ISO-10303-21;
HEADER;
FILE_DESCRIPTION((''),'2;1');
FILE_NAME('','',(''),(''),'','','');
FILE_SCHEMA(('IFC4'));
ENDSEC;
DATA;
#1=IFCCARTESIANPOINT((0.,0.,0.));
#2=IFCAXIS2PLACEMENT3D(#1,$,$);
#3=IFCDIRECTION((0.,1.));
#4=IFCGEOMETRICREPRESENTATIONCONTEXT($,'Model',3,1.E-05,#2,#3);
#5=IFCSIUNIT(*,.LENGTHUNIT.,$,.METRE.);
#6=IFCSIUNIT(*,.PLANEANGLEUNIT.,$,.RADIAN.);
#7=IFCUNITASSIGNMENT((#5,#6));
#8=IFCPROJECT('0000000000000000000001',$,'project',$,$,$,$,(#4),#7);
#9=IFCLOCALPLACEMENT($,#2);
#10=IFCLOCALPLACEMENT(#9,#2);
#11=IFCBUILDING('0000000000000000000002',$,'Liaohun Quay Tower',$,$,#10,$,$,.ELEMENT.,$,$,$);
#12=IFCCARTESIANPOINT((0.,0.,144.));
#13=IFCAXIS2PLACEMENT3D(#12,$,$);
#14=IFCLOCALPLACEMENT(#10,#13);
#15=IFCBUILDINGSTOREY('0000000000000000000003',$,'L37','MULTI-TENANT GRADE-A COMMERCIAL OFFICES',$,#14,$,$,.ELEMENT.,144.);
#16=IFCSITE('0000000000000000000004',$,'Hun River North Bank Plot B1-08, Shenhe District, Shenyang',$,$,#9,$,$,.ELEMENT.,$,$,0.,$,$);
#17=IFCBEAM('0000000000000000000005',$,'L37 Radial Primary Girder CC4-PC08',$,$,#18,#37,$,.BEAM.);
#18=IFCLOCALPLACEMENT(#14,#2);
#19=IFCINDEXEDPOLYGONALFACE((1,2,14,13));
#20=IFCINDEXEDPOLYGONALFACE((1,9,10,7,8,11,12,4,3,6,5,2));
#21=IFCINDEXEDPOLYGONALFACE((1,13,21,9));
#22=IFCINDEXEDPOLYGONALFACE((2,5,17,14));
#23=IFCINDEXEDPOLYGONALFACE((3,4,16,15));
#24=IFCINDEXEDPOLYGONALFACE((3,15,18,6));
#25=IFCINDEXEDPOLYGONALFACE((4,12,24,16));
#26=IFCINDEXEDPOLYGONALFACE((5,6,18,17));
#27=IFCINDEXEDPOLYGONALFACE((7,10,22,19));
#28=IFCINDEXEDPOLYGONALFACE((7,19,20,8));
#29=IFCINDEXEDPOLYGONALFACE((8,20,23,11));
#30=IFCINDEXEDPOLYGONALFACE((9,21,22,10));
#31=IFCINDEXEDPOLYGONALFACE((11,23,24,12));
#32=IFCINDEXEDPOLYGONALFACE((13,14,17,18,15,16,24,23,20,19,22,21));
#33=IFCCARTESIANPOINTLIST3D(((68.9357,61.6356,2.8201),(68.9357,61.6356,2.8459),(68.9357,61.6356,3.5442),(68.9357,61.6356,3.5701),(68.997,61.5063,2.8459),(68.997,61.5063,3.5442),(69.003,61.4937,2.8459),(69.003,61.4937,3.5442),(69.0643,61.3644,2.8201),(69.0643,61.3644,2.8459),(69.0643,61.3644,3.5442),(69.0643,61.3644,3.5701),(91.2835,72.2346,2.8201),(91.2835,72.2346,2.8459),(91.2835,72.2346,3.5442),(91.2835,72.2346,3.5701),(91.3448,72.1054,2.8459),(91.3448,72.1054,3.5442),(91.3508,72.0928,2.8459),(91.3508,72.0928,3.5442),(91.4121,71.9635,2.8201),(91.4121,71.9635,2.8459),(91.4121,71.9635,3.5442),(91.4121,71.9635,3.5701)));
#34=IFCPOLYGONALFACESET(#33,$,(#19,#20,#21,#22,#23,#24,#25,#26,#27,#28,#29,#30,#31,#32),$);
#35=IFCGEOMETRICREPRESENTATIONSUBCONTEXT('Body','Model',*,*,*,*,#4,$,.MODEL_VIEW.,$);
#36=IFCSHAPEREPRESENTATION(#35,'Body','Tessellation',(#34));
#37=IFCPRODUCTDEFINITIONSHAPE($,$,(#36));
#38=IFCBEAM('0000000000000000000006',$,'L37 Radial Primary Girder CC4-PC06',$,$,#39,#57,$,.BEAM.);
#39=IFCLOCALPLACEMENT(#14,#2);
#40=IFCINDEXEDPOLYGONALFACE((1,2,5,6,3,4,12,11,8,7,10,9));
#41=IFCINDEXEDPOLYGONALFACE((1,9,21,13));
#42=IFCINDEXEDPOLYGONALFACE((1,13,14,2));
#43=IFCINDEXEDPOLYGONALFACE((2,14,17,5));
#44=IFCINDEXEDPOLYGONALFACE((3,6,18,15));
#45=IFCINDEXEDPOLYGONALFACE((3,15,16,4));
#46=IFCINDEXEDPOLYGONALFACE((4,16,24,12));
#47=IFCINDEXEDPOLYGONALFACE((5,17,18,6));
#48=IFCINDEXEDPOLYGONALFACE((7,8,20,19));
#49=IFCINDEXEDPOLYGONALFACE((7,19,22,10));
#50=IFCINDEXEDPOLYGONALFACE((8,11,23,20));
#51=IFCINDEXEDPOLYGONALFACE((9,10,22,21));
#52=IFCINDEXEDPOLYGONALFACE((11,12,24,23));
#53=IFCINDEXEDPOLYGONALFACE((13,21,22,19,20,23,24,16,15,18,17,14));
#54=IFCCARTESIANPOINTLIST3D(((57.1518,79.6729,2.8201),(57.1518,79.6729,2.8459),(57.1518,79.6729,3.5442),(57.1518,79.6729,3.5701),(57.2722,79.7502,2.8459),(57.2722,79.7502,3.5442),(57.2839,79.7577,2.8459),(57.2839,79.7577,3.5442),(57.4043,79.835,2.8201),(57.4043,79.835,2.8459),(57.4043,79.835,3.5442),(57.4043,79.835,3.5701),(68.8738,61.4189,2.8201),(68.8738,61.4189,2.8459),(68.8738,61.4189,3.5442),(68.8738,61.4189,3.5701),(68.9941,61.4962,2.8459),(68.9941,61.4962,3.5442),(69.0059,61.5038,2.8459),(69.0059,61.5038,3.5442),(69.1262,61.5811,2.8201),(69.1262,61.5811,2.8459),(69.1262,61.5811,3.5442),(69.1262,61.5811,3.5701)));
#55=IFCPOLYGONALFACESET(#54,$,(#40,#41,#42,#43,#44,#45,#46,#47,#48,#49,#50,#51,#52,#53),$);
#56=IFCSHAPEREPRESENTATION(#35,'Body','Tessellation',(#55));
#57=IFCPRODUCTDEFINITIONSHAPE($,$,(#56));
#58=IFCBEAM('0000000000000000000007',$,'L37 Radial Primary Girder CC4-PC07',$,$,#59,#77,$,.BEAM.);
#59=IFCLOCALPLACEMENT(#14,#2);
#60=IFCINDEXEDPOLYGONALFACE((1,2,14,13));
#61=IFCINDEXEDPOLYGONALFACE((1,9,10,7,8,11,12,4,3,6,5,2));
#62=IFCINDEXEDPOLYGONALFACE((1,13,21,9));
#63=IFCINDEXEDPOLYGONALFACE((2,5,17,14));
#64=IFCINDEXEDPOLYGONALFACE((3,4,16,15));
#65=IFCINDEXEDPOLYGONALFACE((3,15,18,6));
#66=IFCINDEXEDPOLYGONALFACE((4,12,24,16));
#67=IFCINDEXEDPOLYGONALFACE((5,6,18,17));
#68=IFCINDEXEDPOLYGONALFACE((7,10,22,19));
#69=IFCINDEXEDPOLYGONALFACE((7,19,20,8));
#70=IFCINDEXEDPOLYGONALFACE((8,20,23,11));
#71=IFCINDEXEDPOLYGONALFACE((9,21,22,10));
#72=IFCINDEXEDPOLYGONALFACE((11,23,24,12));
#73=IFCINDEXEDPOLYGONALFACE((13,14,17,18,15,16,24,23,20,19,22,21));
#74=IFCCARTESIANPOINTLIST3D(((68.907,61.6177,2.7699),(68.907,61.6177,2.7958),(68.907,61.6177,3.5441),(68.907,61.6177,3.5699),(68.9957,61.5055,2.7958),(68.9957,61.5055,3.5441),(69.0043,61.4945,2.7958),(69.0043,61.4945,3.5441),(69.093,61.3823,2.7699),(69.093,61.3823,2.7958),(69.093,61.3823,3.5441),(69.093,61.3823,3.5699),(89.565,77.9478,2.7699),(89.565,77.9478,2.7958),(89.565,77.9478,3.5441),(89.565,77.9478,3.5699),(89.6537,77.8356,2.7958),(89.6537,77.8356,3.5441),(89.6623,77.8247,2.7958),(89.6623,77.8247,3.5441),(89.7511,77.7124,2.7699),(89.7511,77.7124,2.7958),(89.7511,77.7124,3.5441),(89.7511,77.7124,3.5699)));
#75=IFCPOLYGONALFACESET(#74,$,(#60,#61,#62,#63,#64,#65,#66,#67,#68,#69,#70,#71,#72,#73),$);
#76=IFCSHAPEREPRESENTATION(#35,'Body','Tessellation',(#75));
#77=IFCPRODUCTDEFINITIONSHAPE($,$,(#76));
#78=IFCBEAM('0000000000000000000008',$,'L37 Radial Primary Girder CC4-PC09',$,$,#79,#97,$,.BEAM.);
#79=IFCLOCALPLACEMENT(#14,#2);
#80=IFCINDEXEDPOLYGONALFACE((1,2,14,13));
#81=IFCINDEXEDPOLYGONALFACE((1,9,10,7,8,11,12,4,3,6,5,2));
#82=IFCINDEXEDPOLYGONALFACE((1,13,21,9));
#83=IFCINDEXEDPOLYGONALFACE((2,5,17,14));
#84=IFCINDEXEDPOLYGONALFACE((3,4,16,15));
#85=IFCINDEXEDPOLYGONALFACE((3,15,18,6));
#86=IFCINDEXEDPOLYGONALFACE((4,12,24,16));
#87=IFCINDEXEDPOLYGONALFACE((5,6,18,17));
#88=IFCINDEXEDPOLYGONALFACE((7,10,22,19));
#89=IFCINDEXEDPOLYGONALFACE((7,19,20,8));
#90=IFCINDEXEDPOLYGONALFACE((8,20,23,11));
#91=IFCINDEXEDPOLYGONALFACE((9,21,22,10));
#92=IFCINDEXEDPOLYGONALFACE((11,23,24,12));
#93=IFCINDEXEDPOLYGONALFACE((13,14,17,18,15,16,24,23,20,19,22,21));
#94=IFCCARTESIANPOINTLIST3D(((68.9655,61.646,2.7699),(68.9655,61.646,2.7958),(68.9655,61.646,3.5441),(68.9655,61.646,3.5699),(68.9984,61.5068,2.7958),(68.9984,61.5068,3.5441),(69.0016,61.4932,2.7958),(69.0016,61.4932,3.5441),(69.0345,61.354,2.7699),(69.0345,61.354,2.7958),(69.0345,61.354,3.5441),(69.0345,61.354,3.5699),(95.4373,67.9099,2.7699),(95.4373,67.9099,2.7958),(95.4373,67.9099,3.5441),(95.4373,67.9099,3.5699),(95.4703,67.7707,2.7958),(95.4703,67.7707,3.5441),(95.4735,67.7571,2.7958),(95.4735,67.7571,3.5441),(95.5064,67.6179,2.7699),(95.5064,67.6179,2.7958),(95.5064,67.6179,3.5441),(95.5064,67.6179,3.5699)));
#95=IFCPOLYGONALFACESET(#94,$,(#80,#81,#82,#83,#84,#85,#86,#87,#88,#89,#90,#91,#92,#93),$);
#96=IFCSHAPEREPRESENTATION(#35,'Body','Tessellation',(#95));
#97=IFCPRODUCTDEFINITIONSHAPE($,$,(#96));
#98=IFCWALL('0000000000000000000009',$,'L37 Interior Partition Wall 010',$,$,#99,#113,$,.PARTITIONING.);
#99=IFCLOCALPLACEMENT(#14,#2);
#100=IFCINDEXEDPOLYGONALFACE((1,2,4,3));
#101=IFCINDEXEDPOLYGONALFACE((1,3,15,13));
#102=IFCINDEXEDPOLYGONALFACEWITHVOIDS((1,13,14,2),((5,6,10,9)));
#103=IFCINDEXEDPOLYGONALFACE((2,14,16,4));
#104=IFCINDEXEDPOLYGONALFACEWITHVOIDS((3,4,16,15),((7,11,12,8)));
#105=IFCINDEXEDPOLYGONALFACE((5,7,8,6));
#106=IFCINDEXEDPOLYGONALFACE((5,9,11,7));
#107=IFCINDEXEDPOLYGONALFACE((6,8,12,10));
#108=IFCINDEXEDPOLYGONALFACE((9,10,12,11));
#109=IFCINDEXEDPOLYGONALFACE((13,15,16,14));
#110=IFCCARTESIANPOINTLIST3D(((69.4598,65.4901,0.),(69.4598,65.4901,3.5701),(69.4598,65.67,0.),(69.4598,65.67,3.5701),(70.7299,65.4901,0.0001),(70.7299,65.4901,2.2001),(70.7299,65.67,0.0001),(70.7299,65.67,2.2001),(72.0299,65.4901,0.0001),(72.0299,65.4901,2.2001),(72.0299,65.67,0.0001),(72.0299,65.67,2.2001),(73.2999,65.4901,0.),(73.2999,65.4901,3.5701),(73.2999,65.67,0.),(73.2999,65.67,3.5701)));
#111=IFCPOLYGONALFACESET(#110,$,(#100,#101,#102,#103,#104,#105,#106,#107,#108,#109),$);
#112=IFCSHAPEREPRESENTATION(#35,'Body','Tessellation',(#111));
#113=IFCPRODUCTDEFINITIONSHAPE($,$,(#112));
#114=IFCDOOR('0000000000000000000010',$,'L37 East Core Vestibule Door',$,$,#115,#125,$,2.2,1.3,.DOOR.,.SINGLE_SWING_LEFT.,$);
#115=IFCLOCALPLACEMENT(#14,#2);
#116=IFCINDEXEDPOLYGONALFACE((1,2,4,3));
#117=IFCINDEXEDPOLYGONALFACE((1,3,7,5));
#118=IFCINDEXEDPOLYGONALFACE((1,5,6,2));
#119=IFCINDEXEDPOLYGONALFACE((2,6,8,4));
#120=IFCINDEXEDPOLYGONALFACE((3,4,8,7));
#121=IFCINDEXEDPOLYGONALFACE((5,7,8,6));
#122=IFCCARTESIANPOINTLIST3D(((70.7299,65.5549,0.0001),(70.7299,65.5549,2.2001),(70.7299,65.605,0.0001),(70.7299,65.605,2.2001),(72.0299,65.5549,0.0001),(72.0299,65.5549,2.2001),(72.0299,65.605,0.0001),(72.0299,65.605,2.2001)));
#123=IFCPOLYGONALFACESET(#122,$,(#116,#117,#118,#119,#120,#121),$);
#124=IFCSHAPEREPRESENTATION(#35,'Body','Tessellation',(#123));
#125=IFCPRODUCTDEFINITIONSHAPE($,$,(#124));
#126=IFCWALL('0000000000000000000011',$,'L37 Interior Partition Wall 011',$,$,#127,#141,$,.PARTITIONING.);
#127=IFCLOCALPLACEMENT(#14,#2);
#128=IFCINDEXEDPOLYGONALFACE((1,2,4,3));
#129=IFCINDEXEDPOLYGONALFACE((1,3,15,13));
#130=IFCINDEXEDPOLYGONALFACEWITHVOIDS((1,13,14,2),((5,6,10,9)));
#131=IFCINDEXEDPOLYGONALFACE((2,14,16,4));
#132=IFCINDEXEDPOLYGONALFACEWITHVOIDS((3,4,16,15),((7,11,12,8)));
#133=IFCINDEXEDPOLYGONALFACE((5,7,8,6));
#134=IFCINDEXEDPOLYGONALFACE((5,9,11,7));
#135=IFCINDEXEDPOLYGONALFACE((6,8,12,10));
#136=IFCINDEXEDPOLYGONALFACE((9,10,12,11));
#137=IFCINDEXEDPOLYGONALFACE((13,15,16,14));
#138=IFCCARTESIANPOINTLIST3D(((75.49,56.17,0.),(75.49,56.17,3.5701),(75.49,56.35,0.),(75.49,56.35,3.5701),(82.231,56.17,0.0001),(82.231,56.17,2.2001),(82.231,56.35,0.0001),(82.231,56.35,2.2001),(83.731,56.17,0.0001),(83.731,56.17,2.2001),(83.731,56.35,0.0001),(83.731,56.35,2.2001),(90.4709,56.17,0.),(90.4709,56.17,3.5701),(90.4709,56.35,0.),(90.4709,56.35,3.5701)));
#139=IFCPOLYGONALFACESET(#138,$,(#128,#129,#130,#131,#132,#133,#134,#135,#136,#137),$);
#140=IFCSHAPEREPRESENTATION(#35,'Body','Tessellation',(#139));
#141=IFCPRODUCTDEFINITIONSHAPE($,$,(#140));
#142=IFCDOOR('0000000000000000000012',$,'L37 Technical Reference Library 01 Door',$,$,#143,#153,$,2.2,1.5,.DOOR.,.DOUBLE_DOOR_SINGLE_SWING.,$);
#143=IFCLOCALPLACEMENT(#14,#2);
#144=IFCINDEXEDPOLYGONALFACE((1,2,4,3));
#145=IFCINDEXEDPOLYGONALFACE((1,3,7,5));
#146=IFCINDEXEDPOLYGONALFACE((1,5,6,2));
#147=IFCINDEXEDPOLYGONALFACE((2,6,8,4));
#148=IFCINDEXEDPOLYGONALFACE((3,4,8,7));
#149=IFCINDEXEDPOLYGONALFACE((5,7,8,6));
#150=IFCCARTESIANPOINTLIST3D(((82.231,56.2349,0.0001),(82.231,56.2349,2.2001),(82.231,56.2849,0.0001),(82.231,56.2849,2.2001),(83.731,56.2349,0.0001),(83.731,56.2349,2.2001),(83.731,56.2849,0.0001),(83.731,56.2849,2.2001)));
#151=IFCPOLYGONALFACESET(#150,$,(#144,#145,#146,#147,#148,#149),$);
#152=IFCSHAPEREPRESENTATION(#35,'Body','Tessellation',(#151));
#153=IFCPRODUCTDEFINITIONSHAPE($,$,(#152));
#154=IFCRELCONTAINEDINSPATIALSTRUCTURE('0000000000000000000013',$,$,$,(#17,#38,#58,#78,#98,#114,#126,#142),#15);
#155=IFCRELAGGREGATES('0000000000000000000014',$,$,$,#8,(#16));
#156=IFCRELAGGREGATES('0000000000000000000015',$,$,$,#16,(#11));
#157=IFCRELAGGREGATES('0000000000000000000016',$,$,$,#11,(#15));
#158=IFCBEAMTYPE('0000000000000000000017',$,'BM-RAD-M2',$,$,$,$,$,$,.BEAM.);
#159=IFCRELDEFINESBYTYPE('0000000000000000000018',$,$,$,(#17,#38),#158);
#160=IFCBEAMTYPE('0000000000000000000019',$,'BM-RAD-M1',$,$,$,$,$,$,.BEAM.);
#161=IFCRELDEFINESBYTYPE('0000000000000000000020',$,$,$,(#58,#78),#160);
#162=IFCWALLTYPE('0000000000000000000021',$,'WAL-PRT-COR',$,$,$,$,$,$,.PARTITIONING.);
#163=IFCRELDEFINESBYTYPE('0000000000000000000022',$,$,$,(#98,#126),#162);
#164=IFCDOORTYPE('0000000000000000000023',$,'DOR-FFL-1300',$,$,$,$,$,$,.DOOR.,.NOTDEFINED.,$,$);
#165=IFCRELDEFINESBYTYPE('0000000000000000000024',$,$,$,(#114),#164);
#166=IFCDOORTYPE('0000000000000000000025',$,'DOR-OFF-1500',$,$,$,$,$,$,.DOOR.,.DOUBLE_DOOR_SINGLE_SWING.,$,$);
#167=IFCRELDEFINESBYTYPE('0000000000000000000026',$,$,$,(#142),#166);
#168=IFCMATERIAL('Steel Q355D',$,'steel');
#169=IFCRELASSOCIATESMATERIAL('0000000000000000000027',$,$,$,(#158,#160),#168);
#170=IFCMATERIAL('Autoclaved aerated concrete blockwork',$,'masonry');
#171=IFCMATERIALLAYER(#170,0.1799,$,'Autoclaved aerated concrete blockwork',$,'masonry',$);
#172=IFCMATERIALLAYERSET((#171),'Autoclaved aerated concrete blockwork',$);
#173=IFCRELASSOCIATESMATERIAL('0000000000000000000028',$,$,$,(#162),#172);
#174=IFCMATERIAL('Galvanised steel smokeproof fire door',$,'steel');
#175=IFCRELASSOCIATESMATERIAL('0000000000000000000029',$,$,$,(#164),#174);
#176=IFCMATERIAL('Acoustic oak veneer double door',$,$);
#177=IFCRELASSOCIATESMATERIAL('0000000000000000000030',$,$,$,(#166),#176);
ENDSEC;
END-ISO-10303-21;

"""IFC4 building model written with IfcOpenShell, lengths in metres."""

from ifc_helpers import new_model, si_unit, direction, frame, frame_2d, origin, origin_2d, place, context, subcontext, project, spatial, rectangle, i_section, extrude, source, transform, mapped, material, layer, layer_set, material_profile, profile_set, type_object, element, fill, save


model = new_model("IFC4")

# Units and contexts
model_context = context("Model", 3, precision=1e-05, world=origin(), true_north=direction((0.0, 1.0)))
body_context = subcontext(model_context, "Body", "Model", "MODEL_VIEW")
ifc_project = project(units=[si_unit("LENGTHUNIT", "METRE"), si_unit("PLANEANGLEUNIT", "RADIAN")], contexts=[model_context])

# Site, building, storey
site_placement = place(None, origin())
site = spatial("IfcSite", under=ifc_project, at=site_placement, Name="Hun River North Bank Plot B1-08, Shenhe District, Shenyang", CompositionType="ELEMENT", RefElevation=0.0)
building_placement = place(site_placement, origin())
building = spatial("IfcBuilding", under=site, at=building_placement, Name="Liaohun Quay Tower", CompositionType="ELEMENT")
storey_placement = place(building_placement, frame((0.0, 0.0, 144.0)))
storey = spatial("IfcBuildingStorey", under=building, at=storey_placement, Name="L37", Description="MULTI-TENANT GRADE-A COMMERCIAL OFFICES", CompositionType="ELEMENT", Elevation=144.0)

# Beams
ifc_material_1 = material(Name="Steel Q355D", Category="steel")
ifc_material_profile_1 = material_profile(ifc_material_1, i_section(OverallWidth=0.3, OverallDepth=0.75, WebThickness=0.0139, FlangeThickness=0.0259, at=origin_2d()), Name="HN750x300x14x26")
ifc_profile_set_1 = profile_set([ifc_material_profile_1], Name="Steel Q355D")
beam_type_1 = type_object("IfcBeamType", Name="BM-RAD-M2", PredefinedType="BEAM", material=ifc_profile_set_1)
shared_shape_1 = source(origin(), body_context, "Body", "SweptSolid", [
    extrude(i_section(OverallWidth=0.3, OverallDepth=0.75, WebThickness=0.0139, FlangeThickness=0.0259, at=origin_2d()), origin(), (0.0, 0.0, 1.0), 24.7339),
])
beam_1_placement = place(storey_placement, frame((69.0, 61.5, 3.1951), z_axis=(0.90353, 0.428525, 0.0), x_axis=(-0.428525, 0.90353, 0.0)))
element("IfcBeam", 1, at=beam_1_placement, inside=storey, type_object=beam_type_1, Name="L37 Radial Primary Girder CC4-PC08", PredefinedType="BEAM", context=body_context, shape_type="MappedRepresentation", body=[
    mapped(shared_shape_1, transform((0.0, 0.0, 0.0), x_axis=(1.0, 0.0, 0.0), y_axis=(0.0, 1.0, 0.0), z_axis=(0.0, 0.0, 1.0), scale=1.0)),
])
shared_shape_2 = source(origin(), body_context, "Body", "SweptSolid", [
    extrude(i_section(OverallWidth=0.3, OverallDepth=0.75, WebThickness=0.0139, FlangeThickness=0.0259, at=origin_2d()), origin(), (0.0, 0.0, 1.0), 21.6936),
])
beam_2_placement = place(storey_placement, frame((69.0, 61.5, 3.1951), z_axis=(-0.540342, 0.841445, 0.0), x_axis=(-0.841445, -0.540342, 0.0)))
element("IfcBeam", 2, at=beam_2_placement, inside=storey, type_object=beam_type_1, Name="L37 Radial Primary Girder CC4-PC06", PredefinedType="BEAM", context=body_context, shape_type="MappedRepresentation", body=[
    mapped(shared_shape_2, transform((0.0, 0.0, 0.0), x_axis=(1.0, 0.0, 0.0), y_axis=(0.0, 1.0, 0.0), z_axis=(0.0, 0.0, 1.0), scale=1.0)),
])
ifc_material_profile_2 = material_profile(ifc_material_1, i_section(OverallWidth=0.3, OverallDepth=0.8, WebThickness=0.0139, FlangeThickness=0.0259, at=origin_2d()), Name="HN800x300x14x26")
ifc_profile_set_2 = profile_set([ifc_material_profile_2], Name="Steel Q355D")
beam_type_2 = type_object("IfcBeamType", Name="BM-RAD-M1", PredefinedType="BEAM", material=ifc_profile_set_2)
shared_shape_3 = source(origin(), body_context, "Body", "SweptSolid", [
    extrude(i_section(OverallWidth=0.3, OverallDepth=0.8, WebThickness=0.0139, FlangeThickness=0.0259, at=origin_2d()), origin(), (0.0, 0.0, 1.0), 26.333),
])
beam_3_placement = place(storey_placement, frame((69.0, 61.5, 3.1699), z_axis=(0.784492, 0.620139, 0.0), x_axis=(-0.620139, 0.784492, 0.0)))
element("IfcBeam", 3, at=beam_3_placement, inside=storey, type_object=beam_type_2, Name="L37 Radial Primary Girder CC4-PC07", PredefinedType="BEAM", context=body_context, shape_type="MappedRepresentation", body=[
    mapped(shared_shape_3, transform((0.0, 0.0, 0.0), x_axis=(1.0, 0.0, 0.0), y_axis=(0.0, 1.0, 0.0), z_axis=(0.0, 0.0, 1.0), scale=1.0)),
])
shared_shape_4 = source(origin(), body_context, "Body", "SweptSolid", [
    extrude(i_section(OverallWidth=0.3, OverallDepth=0.8, WebThickness=0.0139, FlangeThickness=0.0259, at=origin_2d()), origin(), (0.0, 0.0, 1.0), 27.2029),
])
beam_4_placement = place(storey_placement, frame((69.0, 61.5, 3.1699), z_axis=(0.973128, 0.230266, 0.0), x_axis=(-0.230266, 0.973128, 0.0)))
element("IfcBeam", 4, at=beam_4_placement, inside=storey, type_object=beam_type_2, Name="L37 Radial Primary Girder CC4-PC09", PredefinedType="BEAM", context=body_context, shape_type="MappedRepresentation", body=[
    mapped(shared_shape_4, transform((0.0, 0.0, 0.0), x_axis=(1.0, 0.0, 0.0), y_axis=(0.0, 1.0, 0.0), z_axis=(0.0, 0.0, 1.0), scale=1.0)),
])

# Walls, openings, doors
ifc_material_2 = material(Name="Autoclaved aerated concrete blockwork", Category="masonry")
ifc_layer_1 = layer(ifc_material_2, 0.1799, Name="Autoclaved aerated concrete blockwork", Category="masonry")
ifc_layer_set_1 = layer_set([ifc_layer_1], Name="Autoclaved aerated concrete blockwork")
wall_type_1 = type_object("IfcWallType", Name="WAL-PRT-COR", PredefinedType="PARTITIONING", material=ifc_layer_set_1)
wall_1_placement = place(storey_placement, frame((69.46, 65.5801, 0.0), z_axis=(0.0, 0.0, 1.0), x_axis=(1.0, 0.0, 0.0)))
wall_1 = element("IfcWall", 5, at=wall_1_placement, inside=storey, type_object=wall_type_1, Name="L37 Interior Partition Wall 010", PredefinedType="PARTITIONING", context=body_context, shape_type="SweptSolid", body=[
    extrude(rectangle(XDim=3.8401, YDim=0.1799, at=frame_2d((1.9199, 0.0))), origin(), (0.0, 0.0, 1.0), 3.5701),
])
shared_shape_5 = source(origin(), body_context, "Body", "SweptSolid", [
    extrude(rectangle(XDim=1.3, YDim=2.2, at=frame_2d((0.6499, 1.1001))), frame((0.0, 0.0999, 0.0), z_axis=(0.0, -1.0, 0.0), x_axis=(1.0, 0.0, 0.0)), (0.0, 0.0, 1.0), 0.2),
])
opening_1_placement = place(wall_1_placement, frame((1.27, 0.0, 0.0)))
opening_1 = element("IfcOpeningElement", 6, at=opening_1_placement, cuts=wall_1, PredefinedType="OPENING", context=body_context, shape_type="MappedRepresentation", body=[
    mapped(shared_shape_5, transform((0.0, 0.0, 0.0), x_axis=(1.0, 0.0, 0.0), y_axis=(0.0, 1.0, 0.0), z_axis=(0.0, 0.0, 1.0), scale=1.0)),
])
ifc_material_3 = material(Name="Galvanised steel smokeproof fire door", Category="steel")
door_type_1 = type_object("IfcDoorType", Name="DOR-FFL-1300", OperationType="NOTDEFINED", PredefinedType="DOOR", material=ifc_material_3)
shared_shape_6 = source(origin(), body_context, "Body", "SweptSolid", [
    extrude(rectangle(XDim=1.3, YDim=2.2, at=frame_2d((0.6499, 1.1001))), frame((0.0, 0.0249, 0.0), z_axis=(0.0, -1.0, 0.0), x_axis=(1.0, 0.0, 0.0)), (0.0, 0.0, 1.0), 0.05),
])
door_1_placement = place(opening_1_placement, origin())
door_1 = element("IfcDoor", 7, at=door_1_placement, inside=storey, type_object=door_type_1, Name="L37 East Core Vestibule Door", OperationType="SINGLE_SWING_LEFT", OverallHeight=2.2, OverallWidth=1.3, PredefinedType="DOOR", context=body_context, shape_type="MappedRepresentation", body=[
    mapped(shared_shape_6, transform((0.0, 0.0, 0.0), x_axis=(1.0, 0.0, 0.0), y_axis=(0.0, 1.0, 0.0), z_axis=(0.0, 0.0, 1.0), scale=1.0)),
])
fill(opening_1, door_1)
wall_2_placement = place(storey_placement, frame((75.49, 56.26, 0.0), z_axis=(0.0, 0.0, 1.0), x_axis=(1.0, 0.0, 0.0)))
wall_2 = element("IfcWall", 8, at=wall_2_placement, inside=storey, type_object=wall_type_1, Name="L37 Interior Partition Wall 011", PredefinedType="PARTITIONING", context=body_context, shape_type="SweptSolid", body=[
    extrude(rectangle(XDim=14.981, YDim=0.1799, at=frame_2d((7.4905, 0.0))), origin(), (0.0, 0.0, 1.0), 3.5701),
])
shared_shape_7 = source(origin(), body_context, "Body", "SweptSolid", [
    extrude(rectangle(XDim=1.5, YDim=2.2, at=frame_2d((0.75, 1.1001))), frame((0.0, 0.0999, 0.0), z_axis=(0.0, -1.0, 0.0), x_axis=(1.0, 0.0, 0.0)), (0.0, 0.0, 1.0), 0.2),
])
opening_2_placement = place(wall_2_placement, frame((6.741, 0.0, 0.0)))
opening_2 = element("IfcOpeningElement", 9, at=opening_2_placement, cuts=wall_2, PredefinedType="OPENING", context=body_context, shape_type="MappedRepresentation", body=[
    mapped(shared_shape_7, transform((0.0, 0.0, 0.0), x_axis=(1.0, 0.0, 0.0), y_axis=(0.0, 1.0, 0.0), z_axis=(0.0, 0.0, 1.0), scale=1.0)),
])
ifc_material_4 = material(Name="Acoustic oak veneer double door")
door_type_2 = type_object("IfcDoorType", Name="DOR-OFF-1500", OperationType="DOUBLE_DOOR_SINGLE_SWING", PredefinedType="DOOR", material=ifc_material_4)
shared_shape_8 = source(origin(), body_context, "Body", "SweptSolid", [
    extrude(rectangle(XDim=1.5, YDim=2.2, at=frame_2d((0.75, 1.1001))), frame((0.0, 0.0249, 0.0), z_axis=(0.0, -1.0, 0.0), x_axis=(1.0, 0.0, 0.0)), (0.0, 0.0, 1.0), 0.05),
])
door_2_placement = place(opening_2_placement, origin())
door_2 = element("IfcDoor", 10, at=door_2_placement, inside=storey, type_object=door_type_2, Name="L37 Technical Reference Library 01 Door", OperationType="DOUBLE_DOOR_SINGLE_SWING", OverallHeight=2.2, OverallWidth=1.5, PredefinedType="DOOR", context=body_context, shape_type="MappedRepresentation", body=[
    mapped(shared_shape_8, transform((0.0, 0.0, 0.0), x_axis=(1.0, 0.0, 0.0), y_axis=(0.0, 1.0, 0.0), z_axis=(0.0, 0.0, 1.0), scale=1.0)),
])
fill(opening_2, door_2)

save(model, "model.ifc")
